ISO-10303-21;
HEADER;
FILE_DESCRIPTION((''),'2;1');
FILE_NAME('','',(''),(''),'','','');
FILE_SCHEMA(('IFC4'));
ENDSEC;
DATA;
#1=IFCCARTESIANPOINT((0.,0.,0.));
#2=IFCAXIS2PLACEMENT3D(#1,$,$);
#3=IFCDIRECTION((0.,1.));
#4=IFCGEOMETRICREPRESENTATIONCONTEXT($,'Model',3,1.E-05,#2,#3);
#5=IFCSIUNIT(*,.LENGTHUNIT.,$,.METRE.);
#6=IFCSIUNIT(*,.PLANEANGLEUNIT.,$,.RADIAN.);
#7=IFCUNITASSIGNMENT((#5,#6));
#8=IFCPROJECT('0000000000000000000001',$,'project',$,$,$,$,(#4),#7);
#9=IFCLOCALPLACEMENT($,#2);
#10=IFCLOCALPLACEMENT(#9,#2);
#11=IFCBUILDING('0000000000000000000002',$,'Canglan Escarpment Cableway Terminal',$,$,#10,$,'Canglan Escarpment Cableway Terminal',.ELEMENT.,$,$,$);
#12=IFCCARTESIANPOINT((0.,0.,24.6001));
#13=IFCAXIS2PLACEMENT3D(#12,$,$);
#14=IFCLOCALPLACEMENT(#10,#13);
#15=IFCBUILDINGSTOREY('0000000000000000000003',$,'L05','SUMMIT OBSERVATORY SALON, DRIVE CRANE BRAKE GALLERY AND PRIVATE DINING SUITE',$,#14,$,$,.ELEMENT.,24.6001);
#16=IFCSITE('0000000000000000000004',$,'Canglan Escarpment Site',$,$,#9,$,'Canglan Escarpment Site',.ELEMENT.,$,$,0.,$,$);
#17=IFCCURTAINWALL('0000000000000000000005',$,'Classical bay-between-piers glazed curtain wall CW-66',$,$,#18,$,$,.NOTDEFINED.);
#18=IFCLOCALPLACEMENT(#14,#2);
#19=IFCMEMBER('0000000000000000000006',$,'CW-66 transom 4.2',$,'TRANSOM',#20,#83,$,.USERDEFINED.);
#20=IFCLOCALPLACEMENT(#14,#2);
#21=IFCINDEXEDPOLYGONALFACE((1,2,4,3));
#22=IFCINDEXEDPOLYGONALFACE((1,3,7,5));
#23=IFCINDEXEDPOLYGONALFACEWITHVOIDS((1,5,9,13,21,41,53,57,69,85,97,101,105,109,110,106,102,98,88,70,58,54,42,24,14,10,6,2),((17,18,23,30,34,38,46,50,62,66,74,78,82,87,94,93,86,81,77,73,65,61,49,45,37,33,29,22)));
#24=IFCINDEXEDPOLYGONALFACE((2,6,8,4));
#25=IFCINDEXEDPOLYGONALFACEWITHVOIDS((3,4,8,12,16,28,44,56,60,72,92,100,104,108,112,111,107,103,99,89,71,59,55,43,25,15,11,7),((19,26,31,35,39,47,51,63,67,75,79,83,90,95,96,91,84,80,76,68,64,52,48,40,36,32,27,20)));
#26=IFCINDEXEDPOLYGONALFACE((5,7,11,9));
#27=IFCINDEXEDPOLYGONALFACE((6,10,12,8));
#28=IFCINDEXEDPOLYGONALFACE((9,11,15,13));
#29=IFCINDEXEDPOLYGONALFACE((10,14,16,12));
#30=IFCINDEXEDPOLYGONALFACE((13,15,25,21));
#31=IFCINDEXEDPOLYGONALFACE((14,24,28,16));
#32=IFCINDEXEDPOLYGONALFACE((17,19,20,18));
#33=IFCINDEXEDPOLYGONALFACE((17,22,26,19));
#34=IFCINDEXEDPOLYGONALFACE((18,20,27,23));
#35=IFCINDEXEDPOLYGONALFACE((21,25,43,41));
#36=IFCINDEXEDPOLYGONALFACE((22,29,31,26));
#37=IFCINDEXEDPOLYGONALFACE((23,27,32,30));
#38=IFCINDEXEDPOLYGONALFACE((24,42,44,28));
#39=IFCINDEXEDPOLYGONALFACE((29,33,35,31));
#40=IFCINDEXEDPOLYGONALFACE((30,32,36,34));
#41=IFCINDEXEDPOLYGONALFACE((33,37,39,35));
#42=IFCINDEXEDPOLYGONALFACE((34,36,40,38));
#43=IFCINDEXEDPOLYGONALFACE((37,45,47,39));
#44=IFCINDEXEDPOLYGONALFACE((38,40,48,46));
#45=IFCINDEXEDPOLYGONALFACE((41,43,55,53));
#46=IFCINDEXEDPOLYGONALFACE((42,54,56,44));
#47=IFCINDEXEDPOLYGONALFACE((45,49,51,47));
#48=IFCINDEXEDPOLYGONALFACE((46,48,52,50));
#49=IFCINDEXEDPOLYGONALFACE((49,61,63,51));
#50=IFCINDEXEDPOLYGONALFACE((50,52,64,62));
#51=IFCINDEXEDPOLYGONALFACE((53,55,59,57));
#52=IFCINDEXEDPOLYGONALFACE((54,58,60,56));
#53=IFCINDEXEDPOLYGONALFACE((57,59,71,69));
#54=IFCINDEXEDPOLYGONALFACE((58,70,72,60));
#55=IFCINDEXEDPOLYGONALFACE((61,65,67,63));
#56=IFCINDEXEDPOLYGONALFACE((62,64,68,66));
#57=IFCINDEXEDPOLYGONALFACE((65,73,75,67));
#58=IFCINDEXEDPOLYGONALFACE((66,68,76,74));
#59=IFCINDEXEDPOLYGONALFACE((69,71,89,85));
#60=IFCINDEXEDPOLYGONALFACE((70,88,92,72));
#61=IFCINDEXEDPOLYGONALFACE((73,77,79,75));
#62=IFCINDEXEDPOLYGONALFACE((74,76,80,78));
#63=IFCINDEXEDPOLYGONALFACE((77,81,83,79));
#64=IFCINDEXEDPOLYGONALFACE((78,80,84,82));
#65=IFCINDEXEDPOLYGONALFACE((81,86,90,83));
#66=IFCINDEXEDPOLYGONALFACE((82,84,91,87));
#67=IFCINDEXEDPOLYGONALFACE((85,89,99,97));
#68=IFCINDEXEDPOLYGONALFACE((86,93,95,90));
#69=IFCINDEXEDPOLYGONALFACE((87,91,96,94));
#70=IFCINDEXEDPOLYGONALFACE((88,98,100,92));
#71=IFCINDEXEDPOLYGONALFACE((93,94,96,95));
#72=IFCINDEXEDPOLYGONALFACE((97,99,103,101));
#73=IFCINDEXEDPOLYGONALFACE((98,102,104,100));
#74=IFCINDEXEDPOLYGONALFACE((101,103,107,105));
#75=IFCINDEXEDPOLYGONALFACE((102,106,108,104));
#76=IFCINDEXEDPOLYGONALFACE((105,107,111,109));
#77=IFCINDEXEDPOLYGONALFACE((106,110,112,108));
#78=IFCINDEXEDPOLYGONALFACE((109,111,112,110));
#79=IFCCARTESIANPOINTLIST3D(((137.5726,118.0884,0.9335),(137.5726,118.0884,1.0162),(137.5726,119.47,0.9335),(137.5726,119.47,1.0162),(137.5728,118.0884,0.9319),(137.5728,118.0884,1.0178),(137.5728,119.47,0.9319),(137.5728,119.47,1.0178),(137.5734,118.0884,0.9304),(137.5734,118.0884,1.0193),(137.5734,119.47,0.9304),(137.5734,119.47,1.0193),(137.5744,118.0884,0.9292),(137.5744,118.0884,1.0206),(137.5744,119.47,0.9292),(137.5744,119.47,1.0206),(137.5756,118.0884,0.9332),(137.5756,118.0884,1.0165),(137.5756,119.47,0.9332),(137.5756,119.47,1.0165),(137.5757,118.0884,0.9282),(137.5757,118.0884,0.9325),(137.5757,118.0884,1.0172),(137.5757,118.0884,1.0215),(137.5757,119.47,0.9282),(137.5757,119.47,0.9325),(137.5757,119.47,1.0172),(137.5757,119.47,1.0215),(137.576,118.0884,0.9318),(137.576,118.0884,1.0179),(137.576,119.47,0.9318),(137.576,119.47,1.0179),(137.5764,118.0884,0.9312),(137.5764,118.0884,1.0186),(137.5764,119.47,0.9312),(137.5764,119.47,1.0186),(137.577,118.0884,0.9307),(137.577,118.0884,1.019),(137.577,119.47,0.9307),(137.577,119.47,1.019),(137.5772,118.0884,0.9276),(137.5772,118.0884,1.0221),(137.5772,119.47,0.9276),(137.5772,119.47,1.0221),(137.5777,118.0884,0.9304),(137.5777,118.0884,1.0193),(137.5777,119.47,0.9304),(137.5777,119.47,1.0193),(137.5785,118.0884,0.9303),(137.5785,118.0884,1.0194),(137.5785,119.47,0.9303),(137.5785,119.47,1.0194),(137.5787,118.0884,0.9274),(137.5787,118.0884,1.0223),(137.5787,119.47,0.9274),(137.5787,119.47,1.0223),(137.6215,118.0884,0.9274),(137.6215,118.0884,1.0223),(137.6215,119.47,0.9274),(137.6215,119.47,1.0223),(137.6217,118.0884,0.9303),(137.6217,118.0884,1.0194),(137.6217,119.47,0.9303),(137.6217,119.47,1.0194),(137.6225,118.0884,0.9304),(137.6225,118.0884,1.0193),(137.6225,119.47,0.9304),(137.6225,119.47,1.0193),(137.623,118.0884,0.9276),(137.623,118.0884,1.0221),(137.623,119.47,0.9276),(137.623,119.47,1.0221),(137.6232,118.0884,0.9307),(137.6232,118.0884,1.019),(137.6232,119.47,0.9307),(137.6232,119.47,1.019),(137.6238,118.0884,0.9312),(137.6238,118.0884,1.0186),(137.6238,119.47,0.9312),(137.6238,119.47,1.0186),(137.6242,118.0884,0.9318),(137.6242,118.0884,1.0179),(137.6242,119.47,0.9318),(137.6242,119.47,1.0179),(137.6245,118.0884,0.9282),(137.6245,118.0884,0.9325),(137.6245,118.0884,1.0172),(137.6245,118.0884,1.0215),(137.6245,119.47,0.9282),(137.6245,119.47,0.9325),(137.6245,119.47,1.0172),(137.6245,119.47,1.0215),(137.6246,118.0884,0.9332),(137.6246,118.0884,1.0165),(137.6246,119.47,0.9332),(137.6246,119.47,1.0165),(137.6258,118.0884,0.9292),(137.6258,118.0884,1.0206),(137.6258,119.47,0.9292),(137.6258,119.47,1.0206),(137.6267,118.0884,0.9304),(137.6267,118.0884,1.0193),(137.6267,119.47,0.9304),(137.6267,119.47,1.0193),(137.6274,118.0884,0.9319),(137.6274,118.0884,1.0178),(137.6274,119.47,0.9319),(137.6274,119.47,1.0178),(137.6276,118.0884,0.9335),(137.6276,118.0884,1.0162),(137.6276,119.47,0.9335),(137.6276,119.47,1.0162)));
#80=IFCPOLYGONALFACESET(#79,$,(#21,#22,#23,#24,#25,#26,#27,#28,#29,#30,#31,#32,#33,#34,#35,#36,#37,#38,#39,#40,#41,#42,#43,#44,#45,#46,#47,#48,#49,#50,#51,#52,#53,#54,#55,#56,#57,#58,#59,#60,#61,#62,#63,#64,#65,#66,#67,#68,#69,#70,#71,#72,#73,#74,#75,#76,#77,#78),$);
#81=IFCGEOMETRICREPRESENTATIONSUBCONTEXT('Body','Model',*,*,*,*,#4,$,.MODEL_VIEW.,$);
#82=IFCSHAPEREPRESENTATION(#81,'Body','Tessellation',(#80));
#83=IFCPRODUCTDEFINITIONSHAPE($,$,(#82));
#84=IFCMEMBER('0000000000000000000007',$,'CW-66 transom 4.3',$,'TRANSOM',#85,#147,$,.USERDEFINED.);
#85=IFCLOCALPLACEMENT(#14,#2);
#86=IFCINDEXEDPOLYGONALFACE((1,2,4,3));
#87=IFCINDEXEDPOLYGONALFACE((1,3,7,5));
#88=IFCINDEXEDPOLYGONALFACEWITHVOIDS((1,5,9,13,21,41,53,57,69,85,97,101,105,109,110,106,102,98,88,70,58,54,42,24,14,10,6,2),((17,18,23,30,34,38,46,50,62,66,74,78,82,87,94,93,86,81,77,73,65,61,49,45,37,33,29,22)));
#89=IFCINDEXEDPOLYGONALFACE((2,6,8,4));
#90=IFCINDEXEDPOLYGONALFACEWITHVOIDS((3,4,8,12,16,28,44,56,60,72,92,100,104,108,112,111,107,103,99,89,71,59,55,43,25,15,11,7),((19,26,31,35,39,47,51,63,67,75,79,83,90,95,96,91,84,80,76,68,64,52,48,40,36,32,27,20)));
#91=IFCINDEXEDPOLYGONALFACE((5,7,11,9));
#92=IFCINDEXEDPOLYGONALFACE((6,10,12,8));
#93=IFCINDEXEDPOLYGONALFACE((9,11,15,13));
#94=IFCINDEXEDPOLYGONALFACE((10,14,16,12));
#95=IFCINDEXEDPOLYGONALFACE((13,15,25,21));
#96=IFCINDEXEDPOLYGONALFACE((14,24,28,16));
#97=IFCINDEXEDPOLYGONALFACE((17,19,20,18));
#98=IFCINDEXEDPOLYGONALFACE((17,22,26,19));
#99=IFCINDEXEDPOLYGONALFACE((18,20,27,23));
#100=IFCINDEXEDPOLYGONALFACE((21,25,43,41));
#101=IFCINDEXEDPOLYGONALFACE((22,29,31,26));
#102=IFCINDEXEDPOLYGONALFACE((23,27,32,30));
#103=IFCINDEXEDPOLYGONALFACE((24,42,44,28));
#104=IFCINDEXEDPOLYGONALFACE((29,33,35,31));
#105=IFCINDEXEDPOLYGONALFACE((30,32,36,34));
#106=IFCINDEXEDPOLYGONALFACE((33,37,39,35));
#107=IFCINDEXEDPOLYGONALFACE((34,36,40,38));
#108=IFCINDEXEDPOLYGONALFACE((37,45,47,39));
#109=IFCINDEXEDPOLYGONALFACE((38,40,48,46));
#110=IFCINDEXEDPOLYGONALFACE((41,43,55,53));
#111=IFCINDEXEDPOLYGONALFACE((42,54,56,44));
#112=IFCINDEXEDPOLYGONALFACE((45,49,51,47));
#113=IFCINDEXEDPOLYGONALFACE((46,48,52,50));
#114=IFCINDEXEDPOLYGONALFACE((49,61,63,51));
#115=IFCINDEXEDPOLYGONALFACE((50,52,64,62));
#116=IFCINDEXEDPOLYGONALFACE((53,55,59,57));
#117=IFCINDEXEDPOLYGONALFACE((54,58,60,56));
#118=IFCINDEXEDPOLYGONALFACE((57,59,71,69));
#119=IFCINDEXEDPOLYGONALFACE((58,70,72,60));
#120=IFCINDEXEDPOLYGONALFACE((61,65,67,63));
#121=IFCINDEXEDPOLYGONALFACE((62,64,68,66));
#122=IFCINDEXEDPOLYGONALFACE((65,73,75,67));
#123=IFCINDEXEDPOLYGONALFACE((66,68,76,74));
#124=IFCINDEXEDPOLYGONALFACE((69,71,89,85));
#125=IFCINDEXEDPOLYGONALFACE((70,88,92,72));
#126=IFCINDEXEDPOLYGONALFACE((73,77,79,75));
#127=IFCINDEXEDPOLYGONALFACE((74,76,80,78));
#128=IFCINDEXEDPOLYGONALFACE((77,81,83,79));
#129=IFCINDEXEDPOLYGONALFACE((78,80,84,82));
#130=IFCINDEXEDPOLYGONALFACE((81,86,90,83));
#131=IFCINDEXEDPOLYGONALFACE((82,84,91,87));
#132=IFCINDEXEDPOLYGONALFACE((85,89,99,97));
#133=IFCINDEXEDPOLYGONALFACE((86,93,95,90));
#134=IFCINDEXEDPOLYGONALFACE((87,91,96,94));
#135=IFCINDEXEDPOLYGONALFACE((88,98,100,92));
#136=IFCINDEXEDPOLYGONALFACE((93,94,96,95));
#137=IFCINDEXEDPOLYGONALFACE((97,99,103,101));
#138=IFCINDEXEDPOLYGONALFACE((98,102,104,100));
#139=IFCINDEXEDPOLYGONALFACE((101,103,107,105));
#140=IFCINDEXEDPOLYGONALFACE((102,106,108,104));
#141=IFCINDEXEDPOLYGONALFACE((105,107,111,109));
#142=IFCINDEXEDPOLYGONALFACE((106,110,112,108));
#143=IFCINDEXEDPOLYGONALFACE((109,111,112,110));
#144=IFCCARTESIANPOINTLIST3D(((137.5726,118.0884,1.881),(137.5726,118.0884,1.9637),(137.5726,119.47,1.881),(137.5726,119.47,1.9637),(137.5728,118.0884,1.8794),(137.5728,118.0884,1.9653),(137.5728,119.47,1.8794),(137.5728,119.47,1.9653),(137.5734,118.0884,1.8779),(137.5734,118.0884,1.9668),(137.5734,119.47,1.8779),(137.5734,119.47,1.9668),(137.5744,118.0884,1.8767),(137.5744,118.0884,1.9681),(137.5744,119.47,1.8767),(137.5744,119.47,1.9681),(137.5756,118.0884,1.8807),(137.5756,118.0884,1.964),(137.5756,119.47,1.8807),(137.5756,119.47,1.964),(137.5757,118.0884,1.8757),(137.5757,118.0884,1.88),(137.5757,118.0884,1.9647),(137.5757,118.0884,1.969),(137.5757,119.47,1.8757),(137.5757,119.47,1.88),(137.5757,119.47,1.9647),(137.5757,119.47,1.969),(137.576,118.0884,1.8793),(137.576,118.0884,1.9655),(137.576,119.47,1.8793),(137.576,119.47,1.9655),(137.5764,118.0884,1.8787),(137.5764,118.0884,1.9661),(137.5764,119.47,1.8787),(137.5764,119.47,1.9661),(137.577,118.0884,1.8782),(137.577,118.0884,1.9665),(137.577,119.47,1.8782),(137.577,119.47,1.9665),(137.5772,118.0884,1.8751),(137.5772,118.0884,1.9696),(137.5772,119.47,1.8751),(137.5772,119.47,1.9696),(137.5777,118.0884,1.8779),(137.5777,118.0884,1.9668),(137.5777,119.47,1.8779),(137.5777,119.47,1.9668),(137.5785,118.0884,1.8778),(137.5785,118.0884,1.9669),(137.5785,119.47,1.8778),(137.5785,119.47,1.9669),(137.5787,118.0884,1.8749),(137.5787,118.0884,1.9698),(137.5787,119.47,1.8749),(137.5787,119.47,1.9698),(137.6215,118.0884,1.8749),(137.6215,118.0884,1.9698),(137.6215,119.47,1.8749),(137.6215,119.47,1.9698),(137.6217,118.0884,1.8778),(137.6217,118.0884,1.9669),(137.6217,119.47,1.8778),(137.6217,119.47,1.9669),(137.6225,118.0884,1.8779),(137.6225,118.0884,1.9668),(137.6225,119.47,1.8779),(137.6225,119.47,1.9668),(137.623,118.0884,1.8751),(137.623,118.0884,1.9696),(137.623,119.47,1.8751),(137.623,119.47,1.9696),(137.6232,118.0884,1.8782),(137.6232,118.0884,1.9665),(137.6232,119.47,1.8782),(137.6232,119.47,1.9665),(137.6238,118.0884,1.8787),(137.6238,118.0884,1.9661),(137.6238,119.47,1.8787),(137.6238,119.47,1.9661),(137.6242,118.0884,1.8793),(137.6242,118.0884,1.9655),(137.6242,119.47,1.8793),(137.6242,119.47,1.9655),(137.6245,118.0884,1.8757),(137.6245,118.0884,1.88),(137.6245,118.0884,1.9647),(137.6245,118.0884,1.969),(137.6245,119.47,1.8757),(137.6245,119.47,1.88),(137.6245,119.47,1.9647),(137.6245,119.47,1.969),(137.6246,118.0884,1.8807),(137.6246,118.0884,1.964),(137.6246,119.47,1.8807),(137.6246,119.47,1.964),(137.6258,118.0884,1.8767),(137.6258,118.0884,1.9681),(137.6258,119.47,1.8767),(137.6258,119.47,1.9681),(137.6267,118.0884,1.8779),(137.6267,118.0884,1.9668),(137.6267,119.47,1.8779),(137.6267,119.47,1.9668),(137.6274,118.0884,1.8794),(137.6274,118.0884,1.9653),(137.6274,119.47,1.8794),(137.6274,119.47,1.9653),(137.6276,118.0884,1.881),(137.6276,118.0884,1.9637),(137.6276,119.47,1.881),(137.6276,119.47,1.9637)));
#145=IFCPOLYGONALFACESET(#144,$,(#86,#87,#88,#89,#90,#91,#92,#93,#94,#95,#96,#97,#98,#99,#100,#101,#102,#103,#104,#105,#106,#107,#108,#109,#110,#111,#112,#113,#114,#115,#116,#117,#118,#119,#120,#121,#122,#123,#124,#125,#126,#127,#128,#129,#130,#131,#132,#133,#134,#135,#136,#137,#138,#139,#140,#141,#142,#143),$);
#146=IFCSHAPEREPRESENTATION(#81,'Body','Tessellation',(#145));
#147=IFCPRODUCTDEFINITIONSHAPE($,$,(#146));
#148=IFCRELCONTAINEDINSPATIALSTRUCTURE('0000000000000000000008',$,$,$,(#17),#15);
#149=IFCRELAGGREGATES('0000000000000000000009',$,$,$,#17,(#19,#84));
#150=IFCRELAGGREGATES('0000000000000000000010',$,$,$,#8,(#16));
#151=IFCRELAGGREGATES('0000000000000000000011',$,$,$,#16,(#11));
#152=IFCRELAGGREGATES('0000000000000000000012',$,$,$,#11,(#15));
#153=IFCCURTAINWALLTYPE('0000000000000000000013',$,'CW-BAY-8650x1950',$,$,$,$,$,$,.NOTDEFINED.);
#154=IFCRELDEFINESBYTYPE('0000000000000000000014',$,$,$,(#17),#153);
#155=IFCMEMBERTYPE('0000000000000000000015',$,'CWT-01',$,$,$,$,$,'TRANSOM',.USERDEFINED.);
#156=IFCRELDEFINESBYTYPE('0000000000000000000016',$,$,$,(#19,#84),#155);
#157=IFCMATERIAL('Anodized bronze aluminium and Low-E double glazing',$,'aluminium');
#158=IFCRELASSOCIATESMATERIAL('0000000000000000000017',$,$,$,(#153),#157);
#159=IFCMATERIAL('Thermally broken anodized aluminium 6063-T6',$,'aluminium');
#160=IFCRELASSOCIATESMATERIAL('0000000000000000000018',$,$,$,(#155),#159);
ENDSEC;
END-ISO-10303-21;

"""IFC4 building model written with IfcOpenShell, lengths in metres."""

from ifc_helpers import new_model, si_unit, direction, frame, origin, origin_2d, place, context, subcontext, project, spatial, hollow_rectangle, extrude, material, material_profile, profile_set, type_object, element, aggregate, save


model = new_model("IFC4")

# Units and contexts
model_context = context("Model", 3, precision=1e-05, world=origin(), true_north=direction((0.0, 1.0)))
body_context = subcontext(model_context, "Body", "Model", "MODEL_VIEW")
ifc_project = project(units=[si_unit("LENGTHUNIT", "METRE"), si_unit("PLANEANGLEUNIT", "RADIAN")], contexts=[model_context])

# Site, building, storey
site_placement = place(None, origin())
site = spatial("IfcSite", under=ifc_project, at=site_placement, Name="Canglan Escarpment Site", LongName="Canglan Escarpment Site", CompositionType="ELEMENT", RefElevation=0.0)
building_placement = place(site_placement, origin())
building = spatial("IfcBuilding", under=site, at=building_placement, Name="Canglan Escarpment Cableway Terminal", LongName="Canglan Escarpment Cableway Terminal", CompositionType="ELEMENT")
storey_placement = place(building_placement, frame((0.0, 0.0, 24.6001)))
storey = spatial("IfcBuildingStorey", under=building, at=storey_placement, Name="L05", Description="SUMMIT OBSERVATORY SALON, DRIVE CRANE BRAKE GALLERY AND PRIVATE DINING SUITE", CompositionType="ELEMENT", Elevation=24.6001)

# Curtain wall
ifc_material_1 = material(Name="Anodized bronze aluminium and Low-E double glazing", Category="aluminium")
curtain_wall_type = type_object("IfcCurtainWallType", Name="CW-BAY-8650x1950", PredefinedType="NOTDEFINED", material=ifc_material_1)
curtain_wall_1_placement = place(storey_placement, origin())
curtain_wall_1 = element("IfcCurtainWall", 1, at=curtain_wall_1_placement, inside=storey, type_object=curtain_wall_type, Name="Classical bay-between-piers glazed curtain wall CW-66", PredefinedType="NOTDEFINED")
ifc_material_2 = material(Name="Thermally broken anodized aluminium 6063-T6", Category="aluminium")

# Members
ifc_material_profile_1 = material_profile(ifc_material_2, hollow_rectangle(XDim=0.0549, YDim=0.095, WallThickness=0.0029, InnerFilletRadius=0.0029, OuterFilletRadius=0.0061, at=origin_2d()), Name="ALU-TRAN 55x95x3")
ifc_profile_set_1 = profile_set([ifc_material_profile_1], Name="Thermally broken anodized aluminium 6063-T6")
member_type_1 = type_object("IfcMemberType", Name="CWT-01", ElementType="TRANSOM", PredefinedType="USERDEFINED", material=ifc_profile_set_1)
member_1_placement = place(storey_placement, frame((137.6001, 119.47, 0.9749), z_axis=(0.0, -1.0, 0.0), x_axis=(1.0, 0.0, 0.0)))
member_1 = element("IfcMember", 2, at=member_1_placement, type_object=member_type_1, Name="CW-66 transom 4.2", ObjectType="TRANSOM", PredefinedType="USERDEFINED", context=body_context, shape_type="SweptSolid", body=[
    extrude(hollow_rectangle(XDim=0.0549, YDim=0.095, WallThickness=0.0029, InnerFilletRadius=0.0029, OuterFilletRadius=0.0061, at=origin_2d()), origin(), (0.0, 0.0, 1.0), 1.3816),
])
member_2_placement = place(storey_placement, frame((137.6001, 119.47, 1.9224), z_axis=(0.0, -1.0, 0.0), x_axis=(1.0, 0.0, 0.0)))
member_2 = element("IfcMember", 3, at=member_2_placement, type_object=member_type_1, Name="CW-66 transom 4.3", ObjectType="TRANSOM", PredefinedType="USERDEFINED", context=body_context, shape_type="SweptSolid", body=[
    extrude(hollow_rectangle(XDim=0.0549, YDim=0.095, WallThickness=0.0029, InnerFilletRadius=0.0029, OuterFilletRadius=0.0061, at=origin_2d()), origin(), (0.0, 0.0, 1.0), 1.3816),
])

aggregate(curtain_wall_1, [member_1, member_2])

save(model, "model.ifc")
